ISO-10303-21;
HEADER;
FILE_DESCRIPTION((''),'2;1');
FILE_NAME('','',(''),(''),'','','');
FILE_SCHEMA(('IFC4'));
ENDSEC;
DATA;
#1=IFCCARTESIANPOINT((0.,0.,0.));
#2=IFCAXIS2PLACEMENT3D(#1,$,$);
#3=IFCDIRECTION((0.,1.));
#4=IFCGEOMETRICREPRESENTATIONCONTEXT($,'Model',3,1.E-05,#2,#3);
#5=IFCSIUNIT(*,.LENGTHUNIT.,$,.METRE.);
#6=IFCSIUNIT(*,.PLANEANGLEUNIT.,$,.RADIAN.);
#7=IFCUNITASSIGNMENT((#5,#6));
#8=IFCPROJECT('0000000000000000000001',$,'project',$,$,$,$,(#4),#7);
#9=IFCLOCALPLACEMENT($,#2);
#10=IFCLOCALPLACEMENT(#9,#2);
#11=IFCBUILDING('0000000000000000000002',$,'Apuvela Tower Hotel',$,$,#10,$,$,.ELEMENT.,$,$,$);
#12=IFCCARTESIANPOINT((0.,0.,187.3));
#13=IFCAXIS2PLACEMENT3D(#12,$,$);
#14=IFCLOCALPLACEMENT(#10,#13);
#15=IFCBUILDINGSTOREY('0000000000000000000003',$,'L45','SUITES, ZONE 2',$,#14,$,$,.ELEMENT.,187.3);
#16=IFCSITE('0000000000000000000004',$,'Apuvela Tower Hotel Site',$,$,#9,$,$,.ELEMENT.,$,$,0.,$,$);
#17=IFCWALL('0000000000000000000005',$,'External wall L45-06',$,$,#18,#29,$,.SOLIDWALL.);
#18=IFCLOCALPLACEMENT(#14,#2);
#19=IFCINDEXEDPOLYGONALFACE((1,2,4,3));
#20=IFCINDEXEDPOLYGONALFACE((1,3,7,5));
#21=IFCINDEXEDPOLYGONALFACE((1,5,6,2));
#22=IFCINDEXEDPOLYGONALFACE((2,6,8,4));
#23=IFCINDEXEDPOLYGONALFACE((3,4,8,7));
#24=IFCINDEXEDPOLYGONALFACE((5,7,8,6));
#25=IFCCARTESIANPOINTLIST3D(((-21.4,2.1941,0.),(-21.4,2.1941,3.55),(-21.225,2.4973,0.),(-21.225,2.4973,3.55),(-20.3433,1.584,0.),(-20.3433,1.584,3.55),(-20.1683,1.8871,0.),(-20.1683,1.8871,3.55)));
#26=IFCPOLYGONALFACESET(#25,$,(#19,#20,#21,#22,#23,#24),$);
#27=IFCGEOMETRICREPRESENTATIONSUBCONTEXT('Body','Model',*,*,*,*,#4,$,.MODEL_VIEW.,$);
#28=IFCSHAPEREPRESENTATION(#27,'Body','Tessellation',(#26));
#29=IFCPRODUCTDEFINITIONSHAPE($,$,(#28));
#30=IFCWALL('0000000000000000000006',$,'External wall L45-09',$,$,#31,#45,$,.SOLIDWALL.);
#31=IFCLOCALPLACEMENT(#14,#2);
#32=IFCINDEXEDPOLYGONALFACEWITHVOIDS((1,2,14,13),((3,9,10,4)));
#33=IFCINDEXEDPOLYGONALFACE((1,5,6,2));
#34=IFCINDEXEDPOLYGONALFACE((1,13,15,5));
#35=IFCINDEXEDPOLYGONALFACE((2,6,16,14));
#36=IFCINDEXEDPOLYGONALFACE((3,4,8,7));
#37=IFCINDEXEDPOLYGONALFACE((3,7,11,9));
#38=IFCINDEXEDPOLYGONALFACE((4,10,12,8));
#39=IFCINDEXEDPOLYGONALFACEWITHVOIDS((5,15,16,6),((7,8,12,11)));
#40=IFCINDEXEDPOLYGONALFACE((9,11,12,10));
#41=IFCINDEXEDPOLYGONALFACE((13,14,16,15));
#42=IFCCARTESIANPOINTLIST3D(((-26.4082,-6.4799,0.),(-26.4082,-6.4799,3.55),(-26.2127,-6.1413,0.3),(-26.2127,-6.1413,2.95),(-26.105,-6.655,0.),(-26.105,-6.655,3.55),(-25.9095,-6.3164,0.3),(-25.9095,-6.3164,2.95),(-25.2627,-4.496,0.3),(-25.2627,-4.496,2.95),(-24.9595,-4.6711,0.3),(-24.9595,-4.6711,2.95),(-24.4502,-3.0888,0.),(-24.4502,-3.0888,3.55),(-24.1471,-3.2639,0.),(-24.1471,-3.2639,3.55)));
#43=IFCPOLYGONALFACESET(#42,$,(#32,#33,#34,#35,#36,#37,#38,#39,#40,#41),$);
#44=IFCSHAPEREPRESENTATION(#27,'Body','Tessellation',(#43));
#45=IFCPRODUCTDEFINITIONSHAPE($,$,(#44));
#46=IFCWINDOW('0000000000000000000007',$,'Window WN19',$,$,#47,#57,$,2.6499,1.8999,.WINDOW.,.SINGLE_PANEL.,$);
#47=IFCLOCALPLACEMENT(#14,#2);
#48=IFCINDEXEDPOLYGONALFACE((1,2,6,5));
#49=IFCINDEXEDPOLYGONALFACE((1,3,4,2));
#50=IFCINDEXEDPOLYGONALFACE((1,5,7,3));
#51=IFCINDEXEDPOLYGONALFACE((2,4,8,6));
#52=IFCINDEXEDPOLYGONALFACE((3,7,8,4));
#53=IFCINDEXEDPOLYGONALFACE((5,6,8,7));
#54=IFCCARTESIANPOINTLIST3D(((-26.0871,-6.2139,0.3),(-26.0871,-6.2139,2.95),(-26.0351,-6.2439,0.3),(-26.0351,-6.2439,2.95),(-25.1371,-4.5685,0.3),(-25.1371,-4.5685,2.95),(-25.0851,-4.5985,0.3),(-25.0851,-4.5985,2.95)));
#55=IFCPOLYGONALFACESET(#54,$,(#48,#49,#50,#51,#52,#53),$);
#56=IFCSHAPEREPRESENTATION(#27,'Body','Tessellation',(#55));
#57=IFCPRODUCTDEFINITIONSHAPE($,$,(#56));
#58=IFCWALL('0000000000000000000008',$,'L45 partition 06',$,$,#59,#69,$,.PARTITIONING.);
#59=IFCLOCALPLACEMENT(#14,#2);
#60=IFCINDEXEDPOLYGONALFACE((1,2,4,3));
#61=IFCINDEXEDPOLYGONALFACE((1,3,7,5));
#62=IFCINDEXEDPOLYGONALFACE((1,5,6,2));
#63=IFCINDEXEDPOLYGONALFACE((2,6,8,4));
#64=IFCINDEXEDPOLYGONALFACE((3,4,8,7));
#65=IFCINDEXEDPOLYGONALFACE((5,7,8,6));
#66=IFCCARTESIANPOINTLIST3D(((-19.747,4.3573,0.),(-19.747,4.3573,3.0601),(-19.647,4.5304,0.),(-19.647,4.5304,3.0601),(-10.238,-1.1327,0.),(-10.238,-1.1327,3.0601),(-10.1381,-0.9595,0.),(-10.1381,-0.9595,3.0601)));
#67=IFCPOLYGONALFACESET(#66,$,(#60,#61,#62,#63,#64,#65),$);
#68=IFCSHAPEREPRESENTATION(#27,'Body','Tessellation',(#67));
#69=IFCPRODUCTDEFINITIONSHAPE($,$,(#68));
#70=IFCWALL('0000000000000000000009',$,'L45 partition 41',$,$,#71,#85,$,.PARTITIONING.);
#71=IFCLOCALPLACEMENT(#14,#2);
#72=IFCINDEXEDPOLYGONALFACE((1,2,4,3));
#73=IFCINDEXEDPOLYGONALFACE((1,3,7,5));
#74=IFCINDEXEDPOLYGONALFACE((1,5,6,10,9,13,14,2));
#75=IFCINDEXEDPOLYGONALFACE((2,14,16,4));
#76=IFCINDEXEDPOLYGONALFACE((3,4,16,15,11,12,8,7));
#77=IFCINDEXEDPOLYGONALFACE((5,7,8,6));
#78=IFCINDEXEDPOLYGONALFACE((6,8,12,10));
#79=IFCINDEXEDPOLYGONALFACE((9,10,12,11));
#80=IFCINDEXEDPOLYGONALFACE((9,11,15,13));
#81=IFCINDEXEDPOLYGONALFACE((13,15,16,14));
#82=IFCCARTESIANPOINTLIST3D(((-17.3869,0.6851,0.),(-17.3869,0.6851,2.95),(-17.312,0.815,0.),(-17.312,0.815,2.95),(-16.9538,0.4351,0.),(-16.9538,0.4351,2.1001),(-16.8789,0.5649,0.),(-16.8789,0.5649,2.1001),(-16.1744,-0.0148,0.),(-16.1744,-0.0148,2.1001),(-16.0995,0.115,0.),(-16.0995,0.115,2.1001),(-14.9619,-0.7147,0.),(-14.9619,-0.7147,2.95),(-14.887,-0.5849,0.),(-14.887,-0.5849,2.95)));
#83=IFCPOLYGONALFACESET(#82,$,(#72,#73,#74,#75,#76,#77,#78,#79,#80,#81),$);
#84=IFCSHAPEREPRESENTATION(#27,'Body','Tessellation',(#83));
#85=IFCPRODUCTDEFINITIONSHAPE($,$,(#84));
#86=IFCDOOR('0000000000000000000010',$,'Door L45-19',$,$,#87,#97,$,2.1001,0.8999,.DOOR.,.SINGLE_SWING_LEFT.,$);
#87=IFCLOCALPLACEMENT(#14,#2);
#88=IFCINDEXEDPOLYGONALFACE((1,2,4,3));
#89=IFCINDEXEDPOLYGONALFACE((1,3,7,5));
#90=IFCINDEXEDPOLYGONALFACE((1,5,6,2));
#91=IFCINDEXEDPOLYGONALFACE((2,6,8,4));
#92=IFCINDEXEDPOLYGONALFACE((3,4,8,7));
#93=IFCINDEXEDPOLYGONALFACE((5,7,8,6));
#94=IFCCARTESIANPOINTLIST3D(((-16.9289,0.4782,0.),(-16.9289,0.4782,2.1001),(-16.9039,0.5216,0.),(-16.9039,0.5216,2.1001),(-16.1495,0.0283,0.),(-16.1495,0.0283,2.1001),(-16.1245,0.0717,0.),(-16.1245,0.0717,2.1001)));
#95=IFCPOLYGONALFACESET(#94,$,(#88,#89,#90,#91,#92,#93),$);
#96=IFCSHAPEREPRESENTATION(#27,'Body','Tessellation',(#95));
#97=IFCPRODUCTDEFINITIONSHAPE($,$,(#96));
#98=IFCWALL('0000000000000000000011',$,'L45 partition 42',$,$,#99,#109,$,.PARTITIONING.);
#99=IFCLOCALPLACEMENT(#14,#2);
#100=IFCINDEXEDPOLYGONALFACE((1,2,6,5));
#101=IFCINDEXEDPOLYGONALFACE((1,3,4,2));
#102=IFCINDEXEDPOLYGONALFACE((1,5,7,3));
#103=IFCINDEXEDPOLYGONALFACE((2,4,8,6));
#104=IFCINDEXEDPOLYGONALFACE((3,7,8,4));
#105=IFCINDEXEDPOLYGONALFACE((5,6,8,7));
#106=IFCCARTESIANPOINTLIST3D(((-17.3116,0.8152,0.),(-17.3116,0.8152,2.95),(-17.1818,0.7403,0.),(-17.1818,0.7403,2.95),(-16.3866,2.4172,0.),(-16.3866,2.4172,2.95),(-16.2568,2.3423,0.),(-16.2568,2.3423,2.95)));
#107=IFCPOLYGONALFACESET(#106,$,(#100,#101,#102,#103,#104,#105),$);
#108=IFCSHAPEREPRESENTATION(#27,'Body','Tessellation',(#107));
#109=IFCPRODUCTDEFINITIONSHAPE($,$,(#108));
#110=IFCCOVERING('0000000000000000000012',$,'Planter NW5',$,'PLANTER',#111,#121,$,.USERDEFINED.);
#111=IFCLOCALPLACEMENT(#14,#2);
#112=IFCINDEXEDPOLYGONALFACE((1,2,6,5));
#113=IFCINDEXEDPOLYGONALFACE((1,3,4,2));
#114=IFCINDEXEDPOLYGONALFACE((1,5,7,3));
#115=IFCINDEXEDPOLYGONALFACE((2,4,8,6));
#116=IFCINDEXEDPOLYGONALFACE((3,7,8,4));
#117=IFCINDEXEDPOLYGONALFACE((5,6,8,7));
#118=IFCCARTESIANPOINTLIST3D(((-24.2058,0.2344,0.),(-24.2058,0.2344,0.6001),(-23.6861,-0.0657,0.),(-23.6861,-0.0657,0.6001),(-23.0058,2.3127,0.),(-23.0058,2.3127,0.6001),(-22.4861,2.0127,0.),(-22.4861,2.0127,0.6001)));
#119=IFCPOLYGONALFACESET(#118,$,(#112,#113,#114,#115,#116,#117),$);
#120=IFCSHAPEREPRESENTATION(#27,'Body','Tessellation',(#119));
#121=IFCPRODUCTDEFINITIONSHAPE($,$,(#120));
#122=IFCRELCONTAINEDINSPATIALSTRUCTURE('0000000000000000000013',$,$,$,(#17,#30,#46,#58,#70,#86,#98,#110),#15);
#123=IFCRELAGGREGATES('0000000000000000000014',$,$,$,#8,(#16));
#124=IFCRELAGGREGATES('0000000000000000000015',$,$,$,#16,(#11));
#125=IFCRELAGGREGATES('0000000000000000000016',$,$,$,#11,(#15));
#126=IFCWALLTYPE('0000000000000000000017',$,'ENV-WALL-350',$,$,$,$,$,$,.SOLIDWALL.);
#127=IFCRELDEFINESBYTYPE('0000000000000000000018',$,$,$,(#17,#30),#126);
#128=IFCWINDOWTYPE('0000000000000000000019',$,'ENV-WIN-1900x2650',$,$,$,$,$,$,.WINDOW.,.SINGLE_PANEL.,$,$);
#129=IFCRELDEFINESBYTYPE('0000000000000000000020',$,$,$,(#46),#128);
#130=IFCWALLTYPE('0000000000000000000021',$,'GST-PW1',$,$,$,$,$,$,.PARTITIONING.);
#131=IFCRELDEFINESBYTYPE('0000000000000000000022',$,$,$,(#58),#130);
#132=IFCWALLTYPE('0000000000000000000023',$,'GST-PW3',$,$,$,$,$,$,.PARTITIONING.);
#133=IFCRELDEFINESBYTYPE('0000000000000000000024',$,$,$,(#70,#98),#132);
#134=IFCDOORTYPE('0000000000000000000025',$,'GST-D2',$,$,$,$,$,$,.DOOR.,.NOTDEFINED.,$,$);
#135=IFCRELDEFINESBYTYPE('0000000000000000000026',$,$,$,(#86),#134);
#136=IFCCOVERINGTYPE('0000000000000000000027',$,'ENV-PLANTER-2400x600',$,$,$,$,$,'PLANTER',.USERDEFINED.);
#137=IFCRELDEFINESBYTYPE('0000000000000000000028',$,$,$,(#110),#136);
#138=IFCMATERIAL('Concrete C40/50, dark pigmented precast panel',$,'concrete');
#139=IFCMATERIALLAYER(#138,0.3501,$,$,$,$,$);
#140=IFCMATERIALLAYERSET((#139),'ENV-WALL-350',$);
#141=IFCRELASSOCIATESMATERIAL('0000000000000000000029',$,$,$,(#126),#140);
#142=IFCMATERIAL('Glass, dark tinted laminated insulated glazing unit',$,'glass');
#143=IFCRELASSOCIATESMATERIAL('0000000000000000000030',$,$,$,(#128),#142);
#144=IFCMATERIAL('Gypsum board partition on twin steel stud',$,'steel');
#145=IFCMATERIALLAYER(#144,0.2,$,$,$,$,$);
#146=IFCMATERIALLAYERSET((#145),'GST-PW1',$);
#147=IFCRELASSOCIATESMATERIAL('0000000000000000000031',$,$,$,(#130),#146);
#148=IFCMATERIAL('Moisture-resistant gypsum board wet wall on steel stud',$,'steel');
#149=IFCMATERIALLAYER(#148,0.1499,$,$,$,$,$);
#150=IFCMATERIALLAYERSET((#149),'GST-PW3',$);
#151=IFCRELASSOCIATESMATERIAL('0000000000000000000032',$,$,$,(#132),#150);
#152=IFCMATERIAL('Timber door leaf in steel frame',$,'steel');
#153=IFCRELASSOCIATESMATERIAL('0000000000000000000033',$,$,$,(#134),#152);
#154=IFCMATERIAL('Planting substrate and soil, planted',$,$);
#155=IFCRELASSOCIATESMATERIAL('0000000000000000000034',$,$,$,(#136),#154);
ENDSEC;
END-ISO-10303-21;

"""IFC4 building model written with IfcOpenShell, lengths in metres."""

from ifc_helpers import new_model, si_unit, direction, frame, frame_2d, origin, origin_2d, place, context, subcontext, project, spatial, rectangle, extrude, material, layer, layer_set, type_object, element, fill, save


model = new_model("IFC4")

# Units and contexts
model_context = context("Model", 3, precision=1e-05, world=origin(), true_north=direction((0.0, 1.0)))
body_context = subcontext(model_context, "Body", "Model", "MODEL_VIEW")
ifc_project = project(units=[si_unit("LENGTHUNIT", "METRE"), si_unit("PLANEANGLEUNIT", "RADIAN")], contexts=[model_context])

# Site, building, storey
site_placement = place(None, origin())
site = spatial("IfcSite", under=ifc_project, at=site_placement, Name="Apuvela Tower Hotel Site", CompositionType="ELEMENT", RefElevation=0.0)
building_placement = place(site_placement, origin())
building = spatial("IfcBuilding", under=site, at=building_placement, Name="Apuvela Tower Hotel", CompositionType="ELEMENT")
storey_placement = place(building_placement, frame((0.0, 0.0, 187.3)))
storey = spatial("IfcBuildingStorey", under=building, at=storey_placement, Name="L45", Description="SUITES, ZONE 2", CompositionType="ELEMENT", Elevation=187.3)

# Shared definitions
ifc_material_1 = material(Name="Concrete C40/50, dark pigmented precast panel", Category="concrete")
ifc_layer_1 = layer(ifc_material_1, 0.3501)
ifc_layer_set_1 = layer_set([ifc_layer_1], Name="ENV-WALL-350")
wall_type_1 = type_object("IfcWallType", Name="ENV-WALL-350", PredefinedType="SOLIDWALL", material=ifc_layer_set_1)

# Shared definitions
ifc_material_2 = material(Name="Glass, dark tinted laminated insulated glazing unit", Category="glass")

# Wall
wall_1_placement = place(storey_placement, frame((-21.3125, 2.3457, 0.0), z_axis=(0.0, 0.0, 1.0), x_axis=(0.866006, -0.500034, 0.0)))
element("IfcWall", 1, at=wall_1_placement, inside=storey, type_object=wall_type_1, Name="External wall L45-06", PredefinedType="SOLIDWALL", context=body_context, shape_type="SweptSolid", body=[
    extrude(rectangle(XDim=1.2202, YDim=0.3501, at=frame_2d((0.6101, 0.0))), origin(), (0.0, 0.0, 1.0), 3.55),
])

# Wall, opening, window
wall_2_placement = place(storey_placement, frame((-24.2986, -3.1763, 0.0), z_axis=(0.0, 0.0, 1.0), x_axis=(-0.500028, -0.866009, 0.0)))
wall_2 = element("IfcWall", 2, at=wall_2_placement, inside=storey, type_object=wall_type_1, Name="External wall L45-09", PredefinedType="SOLIDWALL", context=body_context, shape_type="SweptSolid", body=[
    extrude(rectangle(XDim=3.9158, YDim=0.3501, at=frame_2d((1.958, 0.0))), origin(), (0.0, 0.0, 1.0), 3.55),
])
opening_1_placement = place(wall_2_placement, frame((1.625, 0.0, 0.3)))
opening_1 = element("IfcOpeningElement", 3, at=opening_1_placement, cuts=wall_2, PredefinedType="OPENING", context=body_context, shape_type="SweptSolid", body=[
    extrude(rectangle(XDim=1.8999, YDim=2.6499, at=frame_2d((0.95, 1.325))), frame((0.0, 0.1851, 0.0), z_axis=(0.0, -1.0, 0.0), x_axis=(1.0, 0.0, 0.0)), (0.0, 0.0, 1.0), 0.3701),
])
window_type_1 = type_object("IfcWindowType", Name="ENV-WIN-1900x2650", PartitioningType="SINGLE_PANEL", PredefinedType="WINDOW", material=ifc_material_2)
window_1_placement = place(opening_1_placement, origin())
window_1 = element("IfcWindow", 4, at=window_1_placement, inside=storey, type_object=window_type_1, Name="Window WN19", OverallHeight=2.6499, OverallWidth=1.8999, PartitioningType="SINGLE_PANEL", PredefinedType="WINDOW", context=body_context, shape_type="SweptSolid", body=[
    extrude(rectangle(XDim=1.8999, YDim=2.6499, at=frame_2d((0.95, 1.325))), frame((0.0, 0.03, 0.0), z_axis=(0.0, -1.0, 0.0), x_axis=(1.0, 0.0, 0.0)), (0.0, 0.0, 1.0), 0.0601),
])
fill(opening_1, window_1)

# Wall
ifc_material_3 = material(Name="Gypsum board partition on twin steel stud", Category="steel")
ifc_layer_2 = layer(ifc_material_3, 0.2)
ifc_layer_set_2 = layer_set([ifc_layer_2], Name="GST-PW1")
wall_type_2 = type_object("IfcWallType", Name="GST-PW1", PredefinedType="PARTITIONING", material=ifc_layer_set_2)
wall_3_placement = place(storey_placement, frame((-19.697, 4.4438, 0.0), z_axis=(0.0, 0.0, 1.0), x_axis=(0.866027, -0.499996, 0.0)))
element("IfcWall", 5, at=wall_3_placement, inside=storey, type_object=wall_type_2, Name="L45 partition 06", PredefinedType="PARTITIONING", context=body_context, shape_type="SweptSolid", body=[
    extrude(rectangle(XDim=10.98, YDim=0.2, at=frame_2d((5.49, 0.0))), origin(), (0.0, 0.0, 1.0), 3.0601),
])

# Wall, opening, door
ifc_material_4 = material(Name="Moisture-resistant gypsum board wet wall on steel stud", Category="steel")
ifc_layer_3 = layer(ifc_material_4, 0.1499)
ifc_layer_set_3 = layer_set([ifc_layer_3], Name="GST-PW3")
wall_type_3 = type_object("IfcWallType", Name="GST-PW3", PredefinedType="PARTITIONING", material=ifc_layer_set_3)
wall_4_placement = place(storey_placement, frame((-17.3494, 0.75, 0.0), z_axis=(0.0, 0.0, 1.0), x_axis=(0.866056, -0.499946, 0.0)))
wall_4 = element("IfcWall", 6, at=wall_4_placement, inside=storey, type_object=wall_type_3, Name="L45 partition 41", PredefinedType="PARTITIONING", context=body_context, shape_type="SweptSolid", body=[
    extrude(rectangle(XDim=2.8, YDim=0.1499, at=frame_2d((1.3999, 0.0))), origin(), (0.0, 0.0, 1.0), 2.95),
])
opening_2_placement = place(wall_4_placement, frame((0.5, 0.0, 0.0)))
opening_2 = element("IfcOpeningElement", 7, at=opening_2_placement, cuts=wall_4, PredefinedType="OPENING", context=body_context, shape_type="SweptSolid", body=[
    extrude(rectangle(XDim=0.8999, YDim=2.1001, at=frame_2d((0.45, 1.05))), frame((0.0, 0.085, 0.0), z_axis=(0.0, -1.0, 0.0), x_axis=(1.0, 0.0, 0.0)), (0.0, 0.0, 1.0), 0.1699),
])
ifc_material_5 = material(Name="Timber door leaf in steel frame", Category="steel")
door_type_1 = type_object("IfcDoorType", Name="GST-D2", OperationType="NOTDEFINED", PredefinedType="DOOR", material=ifc_material_5)
door_1_placement = place(opening_2_placement, origin())
door_1 = element("IfcDoor", 8, at=door_1_placement, inside=storey, type_object=door_type_1, Name="Door L45-19", OperationType="SINGLE_SWING_LEFT", OverallHeight=2.1001, OverallWidth=0.8999, PredefinedType="DOOR", context=body_context, shape_type="SweptSolid", body=[
    extrude(rectangle(XDim=0.8999, YDim=2.1001, at=frame_2d((0.45, 1.05))), frame((0.0, 0.0249, 0.0), z_axis=(0.0, -1.0, 0.0), x_axis=(1.0, 0.0, 0.0)), (0.0, 0.0, 1.0), 0.05),
])
fill(opening_2, door_1)

# Wall
wall_5_placement = place(storey_placement, frame((-16.3218, 2.3796, 0.0), z_axis=(0.0, 0.0, 1.0), x_axis=(-0.500042, -0.866001, 0.0)))
element("IfcWall", 9, at=wall_5_placement, inside=storey, type_object=wall_type_3, Name="L45 partition 42", PredefinedType="PARTITIONING", context=body_context, shape_type="SweptSolid", body=[
    extrude(rectangle(XDim=1.8499, YDim=0.1499, at=frame_2d((0.9248, 0.0))), origin(), (0.0, 0.0, 1.0), 2.95),
])

# Covering
ifc_material_6 = material(Name="Planting substrate and soil, planted")
covering_type = type_object("IfcCoveringType", Name="ENV-PLANTER-2400x600", ElementType="PLANTER", PredefinedType="USERDEFINED", material=ifc_material_6)
covering_placement = place(storey_placement, frame((-23.3459, 1.1235, 0.0), z_axis=(0.0, 0.0, 1.0), x_axis=(-0.5, -0.866025, 0.0)))
element("IfcCovering", 10, at=covering_placement, inside=storey, type_object=covering_type, Name="Planter NW5", ObjectType="PLANTER", PredefinedType="USERDEFINED", context=body_context, shape_type="SweptSolid", body=[
    extrude(rectangle(XDim=2.3999, YDim=0.6001, at=origin_2d()), origin(), (0.0, 0.0, 1.0), 0.6001),
])

save(model, "model.ifc")
